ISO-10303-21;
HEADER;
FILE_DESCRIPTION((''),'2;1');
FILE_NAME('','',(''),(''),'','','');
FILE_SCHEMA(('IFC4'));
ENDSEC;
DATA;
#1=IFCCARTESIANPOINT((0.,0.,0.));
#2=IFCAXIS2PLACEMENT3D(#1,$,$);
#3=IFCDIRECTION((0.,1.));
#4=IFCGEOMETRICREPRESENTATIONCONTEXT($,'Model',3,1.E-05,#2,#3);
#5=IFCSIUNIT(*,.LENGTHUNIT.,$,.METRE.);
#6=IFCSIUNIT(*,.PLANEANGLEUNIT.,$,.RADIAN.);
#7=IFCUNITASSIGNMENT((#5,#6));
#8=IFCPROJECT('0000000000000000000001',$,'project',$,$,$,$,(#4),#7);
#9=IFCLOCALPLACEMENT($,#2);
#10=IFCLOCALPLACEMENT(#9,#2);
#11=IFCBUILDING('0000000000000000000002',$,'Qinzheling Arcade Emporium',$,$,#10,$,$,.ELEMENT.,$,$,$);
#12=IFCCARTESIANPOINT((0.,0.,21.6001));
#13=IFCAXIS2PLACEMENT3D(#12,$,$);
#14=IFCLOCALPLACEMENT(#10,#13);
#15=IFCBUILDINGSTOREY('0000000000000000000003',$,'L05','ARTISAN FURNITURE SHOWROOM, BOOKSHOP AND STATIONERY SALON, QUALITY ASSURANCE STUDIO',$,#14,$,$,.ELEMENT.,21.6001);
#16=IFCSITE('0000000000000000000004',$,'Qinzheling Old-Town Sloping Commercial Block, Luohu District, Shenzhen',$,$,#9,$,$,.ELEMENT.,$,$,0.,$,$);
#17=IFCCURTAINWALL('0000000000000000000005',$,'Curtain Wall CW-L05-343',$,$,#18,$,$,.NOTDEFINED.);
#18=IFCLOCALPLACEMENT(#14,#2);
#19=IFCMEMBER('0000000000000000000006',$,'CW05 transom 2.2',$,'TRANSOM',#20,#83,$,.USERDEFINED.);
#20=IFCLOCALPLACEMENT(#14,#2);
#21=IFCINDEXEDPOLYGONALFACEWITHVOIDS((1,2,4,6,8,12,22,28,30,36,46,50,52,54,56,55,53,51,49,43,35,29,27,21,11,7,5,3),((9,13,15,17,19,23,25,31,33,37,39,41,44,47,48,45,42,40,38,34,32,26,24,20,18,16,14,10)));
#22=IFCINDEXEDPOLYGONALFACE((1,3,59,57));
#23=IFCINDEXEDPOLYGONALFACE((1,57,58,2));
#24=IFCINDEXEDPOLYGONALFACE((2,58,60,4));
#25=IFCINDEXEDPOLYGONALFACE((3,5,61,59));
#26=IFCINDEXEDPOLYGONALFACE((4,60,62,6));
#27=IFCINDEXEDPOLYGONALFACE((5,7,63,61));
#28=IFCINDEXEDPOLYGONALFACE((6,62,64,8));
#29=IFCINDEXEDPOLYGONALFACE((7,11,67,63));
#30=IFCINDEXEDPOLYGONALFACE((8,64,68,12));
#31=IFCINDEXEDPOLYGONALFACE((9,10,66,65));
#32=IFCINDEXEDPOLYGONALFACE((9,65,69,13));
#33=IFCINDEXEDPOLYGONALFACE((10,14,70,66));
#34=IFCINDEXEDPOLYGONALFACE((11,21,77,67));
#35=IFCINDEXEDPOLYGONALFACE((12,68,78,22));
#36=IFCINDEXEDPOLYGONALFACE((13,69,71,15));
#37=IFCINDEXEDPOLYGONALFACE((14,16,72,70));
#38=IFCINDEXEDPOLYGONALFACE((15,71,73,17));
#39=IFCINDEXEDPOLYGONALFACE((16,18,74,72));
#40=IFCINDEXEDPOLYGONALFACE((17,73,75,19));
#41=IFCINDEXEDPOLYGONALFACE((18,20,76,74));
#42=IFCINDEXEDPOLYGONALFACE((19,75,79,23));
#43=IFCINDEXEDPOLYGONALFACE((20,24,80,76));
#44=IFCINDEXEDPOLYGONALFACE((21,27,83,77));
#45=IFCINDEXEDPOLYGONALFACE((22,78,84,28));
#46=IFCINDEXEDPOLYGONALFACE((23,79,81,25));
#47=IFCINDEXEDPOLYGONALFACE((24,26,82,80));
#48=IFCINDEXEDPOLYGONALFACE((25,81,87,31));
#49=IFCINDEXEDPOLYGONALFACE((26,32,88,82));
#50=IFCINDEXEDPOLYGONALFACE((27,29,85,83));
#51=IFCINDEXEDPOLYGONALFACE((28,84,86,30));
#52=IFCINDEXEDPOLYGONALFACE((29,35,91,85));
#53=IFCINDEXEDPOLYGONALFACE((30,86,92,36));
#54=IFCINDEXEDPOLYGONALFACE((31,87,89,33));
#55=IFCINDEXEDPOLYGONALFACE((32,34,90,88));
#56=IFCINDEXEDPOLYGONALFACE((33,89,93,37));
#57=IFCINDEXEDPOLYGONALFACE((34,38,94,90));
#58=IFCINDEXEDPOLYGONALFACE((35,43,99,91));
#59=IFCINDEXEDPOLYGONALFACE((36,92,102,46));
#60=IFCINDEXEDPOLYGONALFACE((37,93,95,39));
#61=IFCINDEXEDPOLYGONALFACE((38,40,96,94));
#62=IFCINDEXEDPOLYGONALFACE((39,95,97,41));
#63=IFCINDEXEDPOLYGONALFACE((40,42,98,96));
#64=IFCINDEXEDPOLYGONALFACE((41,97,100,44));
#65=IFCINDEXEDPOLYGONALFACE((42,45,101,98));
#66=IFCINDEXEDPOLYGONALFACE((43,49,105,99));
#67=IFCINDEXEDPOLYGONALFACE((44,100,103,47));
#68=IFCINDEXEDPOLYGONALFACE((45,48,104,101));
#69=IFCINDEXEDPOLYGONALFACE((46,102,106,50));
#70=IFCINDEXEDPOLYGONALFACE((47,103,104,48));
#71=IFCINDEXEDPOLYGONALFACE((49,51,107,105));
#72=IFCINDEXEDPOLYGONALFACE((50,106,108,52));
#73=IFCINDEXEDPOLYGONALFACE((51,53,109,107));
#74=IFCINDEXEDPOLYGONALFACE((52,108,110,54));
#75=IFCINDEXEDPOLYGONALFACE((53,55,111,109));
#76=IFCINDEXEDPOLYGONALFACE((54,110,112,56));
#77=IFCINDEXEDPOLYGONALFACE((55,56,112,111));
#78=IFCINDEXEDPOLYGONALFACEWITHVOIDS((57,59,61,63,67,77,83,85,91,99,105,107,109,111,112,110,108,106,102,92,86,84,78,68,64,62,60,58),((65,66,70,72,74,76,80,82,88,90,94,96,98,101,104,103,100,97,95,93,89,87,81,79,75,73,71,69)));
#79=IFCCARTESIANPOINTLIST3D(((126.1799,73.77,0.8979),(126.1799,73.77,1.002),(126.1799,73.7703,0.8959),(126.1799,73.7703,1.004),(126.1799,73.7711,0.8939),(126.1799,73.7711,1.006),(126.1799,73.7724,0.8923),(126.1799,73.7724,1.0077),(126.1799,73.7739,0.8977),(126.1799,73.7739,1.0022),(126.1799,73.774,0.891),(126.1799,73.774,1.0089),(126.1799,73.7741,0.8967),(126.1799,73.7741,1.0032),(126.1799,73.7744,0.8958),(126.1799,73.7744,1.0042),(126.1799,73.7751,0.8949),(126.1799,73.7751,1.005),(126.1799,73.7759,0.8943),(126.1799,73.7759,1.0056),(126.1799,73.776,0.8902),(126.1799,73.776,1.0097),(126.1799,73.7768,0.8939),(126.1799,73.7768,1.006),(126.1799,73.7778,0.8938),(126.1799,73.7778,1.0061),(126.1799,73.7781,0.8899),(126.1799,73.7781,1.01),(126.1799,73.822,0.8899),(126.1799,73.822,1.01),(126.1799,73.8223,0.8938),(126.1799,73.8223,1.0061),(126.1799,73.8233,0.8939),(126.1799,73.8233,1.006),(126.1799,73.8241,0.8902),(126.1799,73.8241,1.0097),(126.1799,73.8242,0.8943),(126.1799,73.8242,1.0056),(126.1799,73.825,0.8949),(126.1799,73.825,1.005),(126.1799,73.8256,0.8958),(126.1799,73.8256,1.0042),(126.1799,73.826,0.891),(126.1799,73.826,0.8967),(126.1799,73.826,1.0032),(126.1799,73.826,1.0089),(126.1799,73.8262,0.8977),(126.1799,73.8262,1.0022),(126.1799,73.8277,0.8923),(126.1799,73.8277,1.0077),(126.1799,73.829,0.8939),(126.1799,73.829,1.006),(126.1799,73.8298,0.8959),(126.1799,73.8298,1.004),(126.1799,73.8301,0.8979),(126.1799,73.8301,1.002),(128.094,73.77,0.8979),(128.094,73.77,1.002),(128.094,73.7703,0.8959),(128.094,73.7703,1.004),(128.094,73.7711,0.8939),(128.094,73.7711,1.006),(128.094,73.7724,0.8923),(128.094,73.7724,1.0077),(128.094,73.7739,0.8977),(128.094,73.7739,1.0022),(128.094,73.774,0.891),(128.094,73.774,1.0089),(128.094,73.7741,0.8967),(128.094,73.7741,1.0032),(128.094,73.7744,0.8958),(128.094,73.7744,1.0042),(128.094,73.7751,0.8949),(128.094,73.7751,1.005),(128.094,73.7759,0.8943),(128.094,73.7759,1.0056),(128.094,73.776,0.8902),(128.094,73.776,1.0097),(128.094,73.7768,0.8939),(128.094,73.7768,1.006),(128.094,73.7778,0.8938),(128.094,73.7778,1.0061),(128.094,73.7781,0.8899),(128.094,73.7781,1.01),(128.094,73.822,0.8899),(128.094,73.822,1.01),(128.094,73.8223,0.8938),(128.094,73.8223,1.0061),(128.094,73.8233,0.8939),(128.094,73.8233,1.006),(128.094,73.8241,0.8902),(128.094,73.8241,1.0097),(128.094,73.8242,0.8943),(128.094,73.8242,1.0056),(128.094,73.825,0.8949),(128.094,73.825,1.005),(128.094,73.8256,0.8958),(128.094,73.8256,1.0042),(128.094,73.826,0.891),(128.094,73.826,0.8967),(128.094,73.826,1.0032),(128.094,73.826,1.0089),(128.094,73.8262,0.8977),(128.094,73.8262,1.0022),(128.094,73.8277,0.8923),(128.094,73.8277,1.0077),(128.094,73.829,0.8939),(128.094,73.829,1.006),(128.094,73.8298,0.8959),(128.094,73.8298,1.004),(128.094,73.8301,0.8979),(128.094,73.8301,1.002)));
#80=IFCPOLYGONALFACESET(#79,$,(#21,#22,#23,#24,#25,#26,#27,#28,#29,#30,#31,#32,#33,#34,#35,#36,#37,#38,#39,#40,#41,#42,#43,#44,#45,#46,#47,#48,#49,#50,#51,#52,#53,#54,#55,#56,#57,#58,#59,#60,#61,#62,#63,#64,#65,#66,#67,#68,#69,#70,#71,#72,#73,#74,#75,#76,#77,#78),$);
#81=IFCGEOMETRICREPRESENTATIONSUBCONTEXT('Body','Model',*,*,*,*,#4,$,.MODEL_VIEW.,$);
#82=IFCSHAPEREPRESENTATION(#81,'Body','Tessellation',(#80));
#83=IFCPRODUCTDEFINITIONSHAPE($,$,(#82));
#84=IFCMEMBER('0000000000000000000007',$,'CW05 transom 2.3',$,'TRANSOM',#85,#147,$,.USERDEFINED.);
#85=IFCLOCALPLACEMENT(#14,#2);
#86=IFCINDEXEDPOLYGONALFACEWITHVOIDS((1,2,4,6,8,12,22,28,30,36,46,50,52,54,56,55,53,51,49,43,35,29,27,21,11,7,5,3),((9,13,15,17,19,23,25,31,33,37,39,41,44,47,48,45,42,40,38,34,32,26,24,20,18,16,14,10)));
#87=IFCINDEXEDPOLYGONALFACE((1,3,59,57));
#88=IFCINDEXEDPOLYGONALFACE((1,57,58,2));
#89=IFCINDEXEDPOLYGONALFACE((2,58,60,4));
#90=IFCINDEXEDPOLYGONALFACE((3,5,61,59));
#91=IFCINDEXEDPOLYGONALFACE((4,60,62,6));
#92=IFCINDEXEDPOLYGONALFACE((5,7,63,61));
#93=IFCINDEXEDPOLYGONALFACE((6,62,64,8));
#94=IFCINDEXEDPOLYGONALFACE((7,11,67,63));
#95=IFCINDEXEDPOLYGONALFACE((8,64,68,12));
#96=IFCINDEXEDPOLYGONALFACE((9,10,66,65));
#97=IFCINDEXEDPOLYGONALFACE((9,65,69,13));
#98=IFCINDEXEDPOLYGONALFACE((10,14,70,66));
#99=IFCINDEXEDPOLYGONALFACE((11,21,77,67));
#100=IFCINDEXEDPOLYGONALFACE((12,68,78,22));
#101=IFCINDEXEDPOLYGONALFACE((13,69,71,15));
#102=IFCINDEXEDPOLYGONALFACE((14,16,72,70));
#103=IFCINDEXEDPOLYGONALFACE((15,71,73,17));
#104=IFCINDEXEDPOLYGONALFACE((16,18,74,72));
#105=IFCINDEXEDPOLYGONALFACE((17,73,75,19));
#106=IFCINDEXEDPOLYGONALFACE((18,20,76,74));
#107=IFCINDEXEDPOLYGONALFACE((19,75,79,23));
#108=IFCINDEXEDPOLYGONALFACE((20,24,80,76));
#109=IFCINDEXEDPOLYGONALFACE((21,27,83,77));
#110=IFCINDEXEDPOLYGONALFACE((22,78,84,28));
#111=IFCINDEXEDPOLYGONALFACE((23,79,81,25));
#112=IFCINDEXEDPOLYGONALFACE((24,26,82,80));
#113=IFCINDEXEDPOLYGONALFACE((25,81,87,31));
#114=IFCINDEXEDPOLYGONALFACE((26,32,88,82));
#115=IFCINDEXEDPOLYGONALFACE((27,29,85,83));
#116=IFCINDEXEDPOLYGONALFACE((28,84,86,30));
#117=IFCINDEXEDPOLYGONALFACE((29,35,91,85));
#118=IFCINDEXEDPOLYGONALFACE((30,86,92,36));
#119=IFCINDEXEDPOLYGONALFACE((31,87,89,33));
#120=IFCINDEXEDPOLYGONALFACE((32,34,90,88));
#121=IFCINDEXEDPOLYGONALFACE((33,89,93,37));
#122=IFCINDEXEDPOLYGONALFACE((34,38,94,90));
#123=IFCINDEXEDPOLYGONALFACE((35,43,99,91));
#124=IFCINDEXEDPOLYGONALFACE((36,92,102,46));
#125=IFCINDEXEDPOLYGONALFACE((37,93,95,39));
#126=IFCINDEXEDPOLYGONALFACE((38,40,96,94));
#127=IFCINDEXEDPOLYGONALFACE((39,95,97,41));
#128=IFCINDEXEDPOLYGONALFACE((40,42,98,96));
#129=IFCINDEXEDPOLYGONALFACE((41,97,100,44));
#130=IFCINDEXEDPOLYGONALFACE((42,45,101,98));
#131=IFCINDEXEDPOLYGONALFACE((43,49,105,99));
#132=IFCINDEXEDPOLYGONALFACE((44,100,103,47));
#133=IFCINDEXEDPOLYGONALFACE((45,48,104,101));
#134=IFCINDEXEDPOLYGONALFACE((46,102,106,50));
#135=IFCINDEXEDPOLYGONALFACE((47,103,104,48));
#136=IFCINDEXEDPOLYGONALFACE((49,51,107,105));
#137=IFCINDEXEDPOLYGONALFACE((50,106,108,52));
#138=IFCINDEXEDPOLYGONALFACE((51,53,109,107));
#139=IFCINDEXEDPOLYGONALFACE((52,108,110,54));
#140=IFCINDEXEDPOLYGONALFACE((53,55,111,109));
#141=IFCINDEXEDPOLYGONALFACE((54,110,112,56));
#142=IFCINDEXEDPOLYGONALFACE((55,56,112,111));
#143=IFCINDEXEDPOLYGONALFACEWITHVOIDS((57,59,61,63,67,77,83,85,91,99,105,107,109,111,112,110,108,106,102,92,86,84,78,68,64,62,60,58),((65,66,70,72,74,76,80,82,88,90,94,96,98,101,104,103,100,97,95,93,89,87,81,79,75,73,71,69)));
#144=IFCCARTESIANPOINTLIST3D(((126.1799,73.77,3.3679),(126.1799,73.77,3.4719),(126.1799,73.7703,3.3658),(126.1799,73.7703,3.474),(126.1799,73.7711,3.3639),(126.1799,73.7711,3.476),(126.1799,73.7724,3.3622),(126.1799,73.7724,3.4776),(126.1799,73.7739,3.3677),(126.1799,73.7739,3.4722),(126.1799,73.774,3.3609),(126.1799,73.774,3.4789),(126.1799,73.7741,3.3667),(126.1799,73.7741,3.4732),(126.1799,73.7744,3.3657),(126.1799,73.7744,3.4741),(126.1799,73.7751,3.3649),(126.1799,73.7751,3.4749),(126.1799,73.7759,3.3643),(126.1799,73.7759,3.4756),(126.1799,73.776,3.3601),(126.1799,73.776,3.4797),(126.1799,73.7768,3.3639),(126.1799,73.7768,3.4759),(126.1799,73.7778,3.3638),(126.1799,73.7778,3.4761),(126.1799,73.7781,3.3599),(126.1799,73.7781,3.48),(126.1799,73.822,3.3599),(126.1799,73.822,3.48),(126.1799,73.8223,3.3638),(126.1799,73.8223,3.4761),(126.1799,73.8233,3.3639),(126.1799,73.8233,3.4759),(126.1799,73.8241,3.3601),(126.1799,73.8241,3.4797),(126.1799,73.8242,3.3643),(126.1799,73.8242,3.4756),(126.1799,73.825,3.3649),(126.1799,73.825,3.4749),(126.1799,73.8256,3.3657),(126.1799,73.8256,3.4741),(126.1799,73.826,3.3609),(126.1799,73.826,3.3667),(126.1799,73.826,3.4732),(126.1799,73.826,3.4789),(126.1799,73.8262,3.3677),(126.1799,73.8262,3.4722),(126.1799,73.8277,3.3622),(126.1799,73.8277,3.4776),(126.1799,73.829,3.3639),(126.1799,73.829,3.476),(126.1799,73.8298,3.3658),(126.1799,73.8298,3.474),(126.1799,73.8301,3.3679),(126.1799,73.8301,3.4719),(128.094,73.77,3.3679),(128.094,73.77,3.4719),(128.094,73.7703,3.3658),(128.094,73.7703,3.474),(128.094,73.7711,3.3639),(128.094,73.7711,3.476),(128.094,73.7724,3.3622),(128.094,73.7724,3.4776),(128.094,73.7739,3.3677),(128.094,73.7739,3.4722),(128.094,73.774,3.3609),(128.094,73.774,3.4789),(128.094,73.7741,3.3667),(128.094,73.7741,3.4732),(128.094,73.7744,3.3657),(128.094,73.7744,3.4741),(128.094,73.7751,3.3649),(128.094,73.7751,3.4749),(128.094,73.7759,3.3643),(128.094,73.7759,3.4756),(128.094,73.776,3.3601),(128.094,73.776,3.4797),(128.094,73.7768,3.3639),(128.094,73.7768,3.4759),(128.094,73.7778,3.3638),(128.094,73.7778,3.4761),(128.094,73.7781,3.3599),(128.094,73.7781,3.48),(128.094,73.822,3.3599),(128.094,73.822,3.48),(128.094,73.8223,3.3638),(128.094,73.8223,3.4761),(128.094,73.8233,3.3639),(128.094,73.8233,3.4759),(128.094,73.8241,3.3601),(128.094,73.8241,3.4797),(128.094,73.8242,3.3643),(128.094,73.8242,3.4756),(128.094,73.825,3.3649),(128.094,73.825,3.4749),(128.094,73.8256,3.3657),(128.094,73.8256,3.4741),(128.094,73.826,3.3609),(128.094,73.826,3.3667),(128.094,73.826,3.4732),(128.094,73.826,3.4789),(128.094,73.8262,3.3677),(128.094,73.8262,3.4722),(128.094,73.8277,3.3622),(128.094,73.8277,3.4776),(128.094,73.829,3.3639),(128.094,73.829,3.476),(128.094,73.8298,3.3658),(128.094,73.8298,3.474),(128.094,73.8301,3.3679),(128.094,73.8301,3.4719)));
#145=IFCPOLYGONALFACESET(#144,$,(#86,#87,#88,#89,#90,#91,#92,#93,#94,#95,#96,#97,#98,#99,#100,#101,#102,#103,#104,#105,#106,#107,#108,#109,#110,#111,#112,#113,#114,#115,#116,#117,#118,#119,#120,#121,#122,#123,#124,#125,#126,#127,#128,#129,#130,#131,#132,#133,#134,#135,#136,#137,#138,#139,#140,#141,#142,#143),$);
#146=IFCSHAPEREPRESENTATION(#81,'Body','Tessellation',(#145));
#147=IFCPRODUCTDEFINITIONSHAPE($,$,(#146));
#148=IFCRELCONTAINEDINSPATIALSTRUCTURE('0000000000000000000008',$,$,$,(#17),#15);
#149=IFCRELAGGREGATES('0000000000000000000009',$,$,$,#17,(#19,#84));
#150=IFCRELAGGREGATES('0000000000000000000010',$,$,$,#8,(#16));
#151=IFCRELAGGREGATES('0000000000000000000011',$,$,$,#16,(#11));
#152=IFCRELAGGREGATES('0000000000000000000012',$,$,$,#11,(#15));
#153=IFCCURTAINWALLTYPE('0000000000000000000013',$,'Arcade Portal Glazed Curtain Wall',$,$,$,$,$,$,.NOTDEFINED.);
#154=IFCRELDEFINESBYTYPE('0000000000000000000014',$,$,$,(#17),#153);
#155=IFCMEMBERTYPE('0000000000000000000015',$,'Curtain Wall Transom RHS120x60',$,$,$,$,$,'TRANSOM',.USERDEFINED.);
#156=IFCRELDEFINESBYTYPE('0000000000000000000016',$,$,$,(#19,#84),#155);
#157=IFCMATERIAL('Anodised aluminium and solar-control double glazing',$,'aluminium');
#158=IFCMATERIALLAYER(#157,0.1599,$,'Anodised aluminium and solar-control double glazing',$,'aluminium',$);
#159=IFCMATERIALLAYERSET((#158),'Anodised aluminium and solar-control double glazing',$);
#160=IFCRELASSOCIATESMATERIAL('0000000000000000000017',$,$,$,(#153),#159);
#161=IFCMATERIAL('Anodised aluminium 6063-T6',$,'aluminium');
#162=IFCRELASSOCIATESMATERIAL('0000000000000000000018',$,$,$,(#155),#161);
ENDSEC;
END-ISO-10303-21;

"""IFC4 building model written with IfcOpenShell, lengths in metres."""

from ifc_helpers import new_model, si_unit, direction, frame, origin, origin_2d, place, context, subcontext, project, spatial, hollow_rectangle, extrude, material, layer, layer_set, material_profile, profile_set, type_object, element, aggregate, save


model = new_model("IFC4")

# Units and contexts
model_context = context("Model", 3, precision=1e-05, world=origin(), true_north=direction((0.0, 1.0)))
body_context = subcontext(model_context, "Body", "Model", "MODEL_VIEW")
ifc_project = project(units=[si_unit("LENGTHUNIT", "METRE"), si_unit("PLANEANGLEUNIT", "RADIAN")], contexts=[model_context])

# Site, building, storey
site_placement = place(None, origin())
site = spatial("IfcSite", under=ifc_project, at=site_placement, Name="Qinzheling Old-Town Sloping Commercial Block, Luohu District, Shenzhen", CompositionType="ELEMENT", RefElevation=0.0)
building_placement = place(site_placement, origin())
building = spatial("IfcBuilding", under=site, at=building_placement, Name="Qinzheling Arcade Emporium", CompositionType="ELEMENT")
storey_placement = place(building_placement, frame((0.0, 0.0, 21.6001)))
storey = spatial("IfcBuildingStorey", under=building, at=storey_placement, Name="L05", Description="ARTISAN FURNITURE SHOWROOM, BOOKSHOP AND STATIONERY SALON, QUALITY ASSURANCE STUDIO", CompositionType="ELEMENT", Elevation=21.6001)

# Curtain wall, members
ifc_material_1 = material(Name="Anodised aluminium and solar-control double glazing", Category="aluminium")
ifc_layer_1 = layer(ifc_material_1, 0.1599, Name="Anodised aluminium and solar-control double glazing", Category="aluminium")
ifc_layer_set_1 = layer_set([ifc_layer_1], Name="Anodised aluminium and solar-control double glazing")
curtain_wall_type = type_object("IfcCurtainWallType", Name="Arcade Portal Glazed Curtain Wall", PredefinedType="NOTDEFINED", material=ifc_layer_set_1)
curtain_wall_placement = place(storey_placement, origin())
curtain_wall = element("IfcCurtainWall", 1, at=curtain_wall_placement, inside=storey, type_object=curtain_wall_type, Name="Curtain Wall CW-L05-343", PredefinedType="NOTDEFINED")
ifc_material_2 = material(Name="Anodised aluminium 6063-T6", Category="aluminium")
ifc_material_profile_1 = material_profile(ifc_material_2, hollow_rectangle(XDim=0.0601, YDim=0.1201, WallThickness=0.0039, InnerFilletRadius=0.0039, OuterFilletRadius=0.0081, at=origin_2d()), Name="RHS 120x60x4", Category="aluminium")
ifc_profile_set_1 = profile_set([ifc_material_profile_1], Name="Anodised aluminium 6063-T6")
member_type_1 = type_object("IfcMemberType", Name="Curtain Wall Transom RHS120x60", ElementType="TRANSOM", PredefinedType="USERDEFINED", material=ifc_profile_set_1)
member_1_placement = place(storey_placement, frame((128.094, 73.8, 0.95), z_axis=(-1.0, 0.0, 0.0), x_axis=(0.0, -1.0, 0.0)))
member_1 = element("IfcMember", 2, at=member_1_placement, type_object=member_type_1, Name="CW05 transom 2.2", ObjectType="TRANSOM", PredefinedType="USERDEFINED", context=body_context, shape_type="SweptSolid", body=[
    extrude(hollow_rectangle(XDim=0.0601, YDim=0.1201, WallThickness=0.0039, InnerFilletRadius=0.0039, OuterFilletRadius=0.0081, at=origin_2d()), origin(), (0.0, 0.0, 1.0), 1.9141),
])
member_2_placement = place(storey_placement, frame((128.094, 73.8, 3.4199), z_axis=(-1.0, 0.0, 0.0), x_axis=(0.0, -1.0, 0.0)))
member_2 = element("IfcMember", 3, at=member_2_placement, type_object=member_type_1, Name="CW05 transom 2.3", ObjectType="TRANSOM", PredefinedType="USERDEFINED", context=body_context, shape_type="SweptSolid", body=[
    extrude(hollow_rectangle(XDim=0.0601, YDim=0.1201, WallThickness=0.0039, InnerFilletRadius=0.0039, OuterFilletRadius=0.0081, at=origin_2d()), origin(), (0.0, 0.0, 1.0), 1.9141),
])

aggregate(curtain_wall, [member_1, member_2])

save(model, "model.ifc")
